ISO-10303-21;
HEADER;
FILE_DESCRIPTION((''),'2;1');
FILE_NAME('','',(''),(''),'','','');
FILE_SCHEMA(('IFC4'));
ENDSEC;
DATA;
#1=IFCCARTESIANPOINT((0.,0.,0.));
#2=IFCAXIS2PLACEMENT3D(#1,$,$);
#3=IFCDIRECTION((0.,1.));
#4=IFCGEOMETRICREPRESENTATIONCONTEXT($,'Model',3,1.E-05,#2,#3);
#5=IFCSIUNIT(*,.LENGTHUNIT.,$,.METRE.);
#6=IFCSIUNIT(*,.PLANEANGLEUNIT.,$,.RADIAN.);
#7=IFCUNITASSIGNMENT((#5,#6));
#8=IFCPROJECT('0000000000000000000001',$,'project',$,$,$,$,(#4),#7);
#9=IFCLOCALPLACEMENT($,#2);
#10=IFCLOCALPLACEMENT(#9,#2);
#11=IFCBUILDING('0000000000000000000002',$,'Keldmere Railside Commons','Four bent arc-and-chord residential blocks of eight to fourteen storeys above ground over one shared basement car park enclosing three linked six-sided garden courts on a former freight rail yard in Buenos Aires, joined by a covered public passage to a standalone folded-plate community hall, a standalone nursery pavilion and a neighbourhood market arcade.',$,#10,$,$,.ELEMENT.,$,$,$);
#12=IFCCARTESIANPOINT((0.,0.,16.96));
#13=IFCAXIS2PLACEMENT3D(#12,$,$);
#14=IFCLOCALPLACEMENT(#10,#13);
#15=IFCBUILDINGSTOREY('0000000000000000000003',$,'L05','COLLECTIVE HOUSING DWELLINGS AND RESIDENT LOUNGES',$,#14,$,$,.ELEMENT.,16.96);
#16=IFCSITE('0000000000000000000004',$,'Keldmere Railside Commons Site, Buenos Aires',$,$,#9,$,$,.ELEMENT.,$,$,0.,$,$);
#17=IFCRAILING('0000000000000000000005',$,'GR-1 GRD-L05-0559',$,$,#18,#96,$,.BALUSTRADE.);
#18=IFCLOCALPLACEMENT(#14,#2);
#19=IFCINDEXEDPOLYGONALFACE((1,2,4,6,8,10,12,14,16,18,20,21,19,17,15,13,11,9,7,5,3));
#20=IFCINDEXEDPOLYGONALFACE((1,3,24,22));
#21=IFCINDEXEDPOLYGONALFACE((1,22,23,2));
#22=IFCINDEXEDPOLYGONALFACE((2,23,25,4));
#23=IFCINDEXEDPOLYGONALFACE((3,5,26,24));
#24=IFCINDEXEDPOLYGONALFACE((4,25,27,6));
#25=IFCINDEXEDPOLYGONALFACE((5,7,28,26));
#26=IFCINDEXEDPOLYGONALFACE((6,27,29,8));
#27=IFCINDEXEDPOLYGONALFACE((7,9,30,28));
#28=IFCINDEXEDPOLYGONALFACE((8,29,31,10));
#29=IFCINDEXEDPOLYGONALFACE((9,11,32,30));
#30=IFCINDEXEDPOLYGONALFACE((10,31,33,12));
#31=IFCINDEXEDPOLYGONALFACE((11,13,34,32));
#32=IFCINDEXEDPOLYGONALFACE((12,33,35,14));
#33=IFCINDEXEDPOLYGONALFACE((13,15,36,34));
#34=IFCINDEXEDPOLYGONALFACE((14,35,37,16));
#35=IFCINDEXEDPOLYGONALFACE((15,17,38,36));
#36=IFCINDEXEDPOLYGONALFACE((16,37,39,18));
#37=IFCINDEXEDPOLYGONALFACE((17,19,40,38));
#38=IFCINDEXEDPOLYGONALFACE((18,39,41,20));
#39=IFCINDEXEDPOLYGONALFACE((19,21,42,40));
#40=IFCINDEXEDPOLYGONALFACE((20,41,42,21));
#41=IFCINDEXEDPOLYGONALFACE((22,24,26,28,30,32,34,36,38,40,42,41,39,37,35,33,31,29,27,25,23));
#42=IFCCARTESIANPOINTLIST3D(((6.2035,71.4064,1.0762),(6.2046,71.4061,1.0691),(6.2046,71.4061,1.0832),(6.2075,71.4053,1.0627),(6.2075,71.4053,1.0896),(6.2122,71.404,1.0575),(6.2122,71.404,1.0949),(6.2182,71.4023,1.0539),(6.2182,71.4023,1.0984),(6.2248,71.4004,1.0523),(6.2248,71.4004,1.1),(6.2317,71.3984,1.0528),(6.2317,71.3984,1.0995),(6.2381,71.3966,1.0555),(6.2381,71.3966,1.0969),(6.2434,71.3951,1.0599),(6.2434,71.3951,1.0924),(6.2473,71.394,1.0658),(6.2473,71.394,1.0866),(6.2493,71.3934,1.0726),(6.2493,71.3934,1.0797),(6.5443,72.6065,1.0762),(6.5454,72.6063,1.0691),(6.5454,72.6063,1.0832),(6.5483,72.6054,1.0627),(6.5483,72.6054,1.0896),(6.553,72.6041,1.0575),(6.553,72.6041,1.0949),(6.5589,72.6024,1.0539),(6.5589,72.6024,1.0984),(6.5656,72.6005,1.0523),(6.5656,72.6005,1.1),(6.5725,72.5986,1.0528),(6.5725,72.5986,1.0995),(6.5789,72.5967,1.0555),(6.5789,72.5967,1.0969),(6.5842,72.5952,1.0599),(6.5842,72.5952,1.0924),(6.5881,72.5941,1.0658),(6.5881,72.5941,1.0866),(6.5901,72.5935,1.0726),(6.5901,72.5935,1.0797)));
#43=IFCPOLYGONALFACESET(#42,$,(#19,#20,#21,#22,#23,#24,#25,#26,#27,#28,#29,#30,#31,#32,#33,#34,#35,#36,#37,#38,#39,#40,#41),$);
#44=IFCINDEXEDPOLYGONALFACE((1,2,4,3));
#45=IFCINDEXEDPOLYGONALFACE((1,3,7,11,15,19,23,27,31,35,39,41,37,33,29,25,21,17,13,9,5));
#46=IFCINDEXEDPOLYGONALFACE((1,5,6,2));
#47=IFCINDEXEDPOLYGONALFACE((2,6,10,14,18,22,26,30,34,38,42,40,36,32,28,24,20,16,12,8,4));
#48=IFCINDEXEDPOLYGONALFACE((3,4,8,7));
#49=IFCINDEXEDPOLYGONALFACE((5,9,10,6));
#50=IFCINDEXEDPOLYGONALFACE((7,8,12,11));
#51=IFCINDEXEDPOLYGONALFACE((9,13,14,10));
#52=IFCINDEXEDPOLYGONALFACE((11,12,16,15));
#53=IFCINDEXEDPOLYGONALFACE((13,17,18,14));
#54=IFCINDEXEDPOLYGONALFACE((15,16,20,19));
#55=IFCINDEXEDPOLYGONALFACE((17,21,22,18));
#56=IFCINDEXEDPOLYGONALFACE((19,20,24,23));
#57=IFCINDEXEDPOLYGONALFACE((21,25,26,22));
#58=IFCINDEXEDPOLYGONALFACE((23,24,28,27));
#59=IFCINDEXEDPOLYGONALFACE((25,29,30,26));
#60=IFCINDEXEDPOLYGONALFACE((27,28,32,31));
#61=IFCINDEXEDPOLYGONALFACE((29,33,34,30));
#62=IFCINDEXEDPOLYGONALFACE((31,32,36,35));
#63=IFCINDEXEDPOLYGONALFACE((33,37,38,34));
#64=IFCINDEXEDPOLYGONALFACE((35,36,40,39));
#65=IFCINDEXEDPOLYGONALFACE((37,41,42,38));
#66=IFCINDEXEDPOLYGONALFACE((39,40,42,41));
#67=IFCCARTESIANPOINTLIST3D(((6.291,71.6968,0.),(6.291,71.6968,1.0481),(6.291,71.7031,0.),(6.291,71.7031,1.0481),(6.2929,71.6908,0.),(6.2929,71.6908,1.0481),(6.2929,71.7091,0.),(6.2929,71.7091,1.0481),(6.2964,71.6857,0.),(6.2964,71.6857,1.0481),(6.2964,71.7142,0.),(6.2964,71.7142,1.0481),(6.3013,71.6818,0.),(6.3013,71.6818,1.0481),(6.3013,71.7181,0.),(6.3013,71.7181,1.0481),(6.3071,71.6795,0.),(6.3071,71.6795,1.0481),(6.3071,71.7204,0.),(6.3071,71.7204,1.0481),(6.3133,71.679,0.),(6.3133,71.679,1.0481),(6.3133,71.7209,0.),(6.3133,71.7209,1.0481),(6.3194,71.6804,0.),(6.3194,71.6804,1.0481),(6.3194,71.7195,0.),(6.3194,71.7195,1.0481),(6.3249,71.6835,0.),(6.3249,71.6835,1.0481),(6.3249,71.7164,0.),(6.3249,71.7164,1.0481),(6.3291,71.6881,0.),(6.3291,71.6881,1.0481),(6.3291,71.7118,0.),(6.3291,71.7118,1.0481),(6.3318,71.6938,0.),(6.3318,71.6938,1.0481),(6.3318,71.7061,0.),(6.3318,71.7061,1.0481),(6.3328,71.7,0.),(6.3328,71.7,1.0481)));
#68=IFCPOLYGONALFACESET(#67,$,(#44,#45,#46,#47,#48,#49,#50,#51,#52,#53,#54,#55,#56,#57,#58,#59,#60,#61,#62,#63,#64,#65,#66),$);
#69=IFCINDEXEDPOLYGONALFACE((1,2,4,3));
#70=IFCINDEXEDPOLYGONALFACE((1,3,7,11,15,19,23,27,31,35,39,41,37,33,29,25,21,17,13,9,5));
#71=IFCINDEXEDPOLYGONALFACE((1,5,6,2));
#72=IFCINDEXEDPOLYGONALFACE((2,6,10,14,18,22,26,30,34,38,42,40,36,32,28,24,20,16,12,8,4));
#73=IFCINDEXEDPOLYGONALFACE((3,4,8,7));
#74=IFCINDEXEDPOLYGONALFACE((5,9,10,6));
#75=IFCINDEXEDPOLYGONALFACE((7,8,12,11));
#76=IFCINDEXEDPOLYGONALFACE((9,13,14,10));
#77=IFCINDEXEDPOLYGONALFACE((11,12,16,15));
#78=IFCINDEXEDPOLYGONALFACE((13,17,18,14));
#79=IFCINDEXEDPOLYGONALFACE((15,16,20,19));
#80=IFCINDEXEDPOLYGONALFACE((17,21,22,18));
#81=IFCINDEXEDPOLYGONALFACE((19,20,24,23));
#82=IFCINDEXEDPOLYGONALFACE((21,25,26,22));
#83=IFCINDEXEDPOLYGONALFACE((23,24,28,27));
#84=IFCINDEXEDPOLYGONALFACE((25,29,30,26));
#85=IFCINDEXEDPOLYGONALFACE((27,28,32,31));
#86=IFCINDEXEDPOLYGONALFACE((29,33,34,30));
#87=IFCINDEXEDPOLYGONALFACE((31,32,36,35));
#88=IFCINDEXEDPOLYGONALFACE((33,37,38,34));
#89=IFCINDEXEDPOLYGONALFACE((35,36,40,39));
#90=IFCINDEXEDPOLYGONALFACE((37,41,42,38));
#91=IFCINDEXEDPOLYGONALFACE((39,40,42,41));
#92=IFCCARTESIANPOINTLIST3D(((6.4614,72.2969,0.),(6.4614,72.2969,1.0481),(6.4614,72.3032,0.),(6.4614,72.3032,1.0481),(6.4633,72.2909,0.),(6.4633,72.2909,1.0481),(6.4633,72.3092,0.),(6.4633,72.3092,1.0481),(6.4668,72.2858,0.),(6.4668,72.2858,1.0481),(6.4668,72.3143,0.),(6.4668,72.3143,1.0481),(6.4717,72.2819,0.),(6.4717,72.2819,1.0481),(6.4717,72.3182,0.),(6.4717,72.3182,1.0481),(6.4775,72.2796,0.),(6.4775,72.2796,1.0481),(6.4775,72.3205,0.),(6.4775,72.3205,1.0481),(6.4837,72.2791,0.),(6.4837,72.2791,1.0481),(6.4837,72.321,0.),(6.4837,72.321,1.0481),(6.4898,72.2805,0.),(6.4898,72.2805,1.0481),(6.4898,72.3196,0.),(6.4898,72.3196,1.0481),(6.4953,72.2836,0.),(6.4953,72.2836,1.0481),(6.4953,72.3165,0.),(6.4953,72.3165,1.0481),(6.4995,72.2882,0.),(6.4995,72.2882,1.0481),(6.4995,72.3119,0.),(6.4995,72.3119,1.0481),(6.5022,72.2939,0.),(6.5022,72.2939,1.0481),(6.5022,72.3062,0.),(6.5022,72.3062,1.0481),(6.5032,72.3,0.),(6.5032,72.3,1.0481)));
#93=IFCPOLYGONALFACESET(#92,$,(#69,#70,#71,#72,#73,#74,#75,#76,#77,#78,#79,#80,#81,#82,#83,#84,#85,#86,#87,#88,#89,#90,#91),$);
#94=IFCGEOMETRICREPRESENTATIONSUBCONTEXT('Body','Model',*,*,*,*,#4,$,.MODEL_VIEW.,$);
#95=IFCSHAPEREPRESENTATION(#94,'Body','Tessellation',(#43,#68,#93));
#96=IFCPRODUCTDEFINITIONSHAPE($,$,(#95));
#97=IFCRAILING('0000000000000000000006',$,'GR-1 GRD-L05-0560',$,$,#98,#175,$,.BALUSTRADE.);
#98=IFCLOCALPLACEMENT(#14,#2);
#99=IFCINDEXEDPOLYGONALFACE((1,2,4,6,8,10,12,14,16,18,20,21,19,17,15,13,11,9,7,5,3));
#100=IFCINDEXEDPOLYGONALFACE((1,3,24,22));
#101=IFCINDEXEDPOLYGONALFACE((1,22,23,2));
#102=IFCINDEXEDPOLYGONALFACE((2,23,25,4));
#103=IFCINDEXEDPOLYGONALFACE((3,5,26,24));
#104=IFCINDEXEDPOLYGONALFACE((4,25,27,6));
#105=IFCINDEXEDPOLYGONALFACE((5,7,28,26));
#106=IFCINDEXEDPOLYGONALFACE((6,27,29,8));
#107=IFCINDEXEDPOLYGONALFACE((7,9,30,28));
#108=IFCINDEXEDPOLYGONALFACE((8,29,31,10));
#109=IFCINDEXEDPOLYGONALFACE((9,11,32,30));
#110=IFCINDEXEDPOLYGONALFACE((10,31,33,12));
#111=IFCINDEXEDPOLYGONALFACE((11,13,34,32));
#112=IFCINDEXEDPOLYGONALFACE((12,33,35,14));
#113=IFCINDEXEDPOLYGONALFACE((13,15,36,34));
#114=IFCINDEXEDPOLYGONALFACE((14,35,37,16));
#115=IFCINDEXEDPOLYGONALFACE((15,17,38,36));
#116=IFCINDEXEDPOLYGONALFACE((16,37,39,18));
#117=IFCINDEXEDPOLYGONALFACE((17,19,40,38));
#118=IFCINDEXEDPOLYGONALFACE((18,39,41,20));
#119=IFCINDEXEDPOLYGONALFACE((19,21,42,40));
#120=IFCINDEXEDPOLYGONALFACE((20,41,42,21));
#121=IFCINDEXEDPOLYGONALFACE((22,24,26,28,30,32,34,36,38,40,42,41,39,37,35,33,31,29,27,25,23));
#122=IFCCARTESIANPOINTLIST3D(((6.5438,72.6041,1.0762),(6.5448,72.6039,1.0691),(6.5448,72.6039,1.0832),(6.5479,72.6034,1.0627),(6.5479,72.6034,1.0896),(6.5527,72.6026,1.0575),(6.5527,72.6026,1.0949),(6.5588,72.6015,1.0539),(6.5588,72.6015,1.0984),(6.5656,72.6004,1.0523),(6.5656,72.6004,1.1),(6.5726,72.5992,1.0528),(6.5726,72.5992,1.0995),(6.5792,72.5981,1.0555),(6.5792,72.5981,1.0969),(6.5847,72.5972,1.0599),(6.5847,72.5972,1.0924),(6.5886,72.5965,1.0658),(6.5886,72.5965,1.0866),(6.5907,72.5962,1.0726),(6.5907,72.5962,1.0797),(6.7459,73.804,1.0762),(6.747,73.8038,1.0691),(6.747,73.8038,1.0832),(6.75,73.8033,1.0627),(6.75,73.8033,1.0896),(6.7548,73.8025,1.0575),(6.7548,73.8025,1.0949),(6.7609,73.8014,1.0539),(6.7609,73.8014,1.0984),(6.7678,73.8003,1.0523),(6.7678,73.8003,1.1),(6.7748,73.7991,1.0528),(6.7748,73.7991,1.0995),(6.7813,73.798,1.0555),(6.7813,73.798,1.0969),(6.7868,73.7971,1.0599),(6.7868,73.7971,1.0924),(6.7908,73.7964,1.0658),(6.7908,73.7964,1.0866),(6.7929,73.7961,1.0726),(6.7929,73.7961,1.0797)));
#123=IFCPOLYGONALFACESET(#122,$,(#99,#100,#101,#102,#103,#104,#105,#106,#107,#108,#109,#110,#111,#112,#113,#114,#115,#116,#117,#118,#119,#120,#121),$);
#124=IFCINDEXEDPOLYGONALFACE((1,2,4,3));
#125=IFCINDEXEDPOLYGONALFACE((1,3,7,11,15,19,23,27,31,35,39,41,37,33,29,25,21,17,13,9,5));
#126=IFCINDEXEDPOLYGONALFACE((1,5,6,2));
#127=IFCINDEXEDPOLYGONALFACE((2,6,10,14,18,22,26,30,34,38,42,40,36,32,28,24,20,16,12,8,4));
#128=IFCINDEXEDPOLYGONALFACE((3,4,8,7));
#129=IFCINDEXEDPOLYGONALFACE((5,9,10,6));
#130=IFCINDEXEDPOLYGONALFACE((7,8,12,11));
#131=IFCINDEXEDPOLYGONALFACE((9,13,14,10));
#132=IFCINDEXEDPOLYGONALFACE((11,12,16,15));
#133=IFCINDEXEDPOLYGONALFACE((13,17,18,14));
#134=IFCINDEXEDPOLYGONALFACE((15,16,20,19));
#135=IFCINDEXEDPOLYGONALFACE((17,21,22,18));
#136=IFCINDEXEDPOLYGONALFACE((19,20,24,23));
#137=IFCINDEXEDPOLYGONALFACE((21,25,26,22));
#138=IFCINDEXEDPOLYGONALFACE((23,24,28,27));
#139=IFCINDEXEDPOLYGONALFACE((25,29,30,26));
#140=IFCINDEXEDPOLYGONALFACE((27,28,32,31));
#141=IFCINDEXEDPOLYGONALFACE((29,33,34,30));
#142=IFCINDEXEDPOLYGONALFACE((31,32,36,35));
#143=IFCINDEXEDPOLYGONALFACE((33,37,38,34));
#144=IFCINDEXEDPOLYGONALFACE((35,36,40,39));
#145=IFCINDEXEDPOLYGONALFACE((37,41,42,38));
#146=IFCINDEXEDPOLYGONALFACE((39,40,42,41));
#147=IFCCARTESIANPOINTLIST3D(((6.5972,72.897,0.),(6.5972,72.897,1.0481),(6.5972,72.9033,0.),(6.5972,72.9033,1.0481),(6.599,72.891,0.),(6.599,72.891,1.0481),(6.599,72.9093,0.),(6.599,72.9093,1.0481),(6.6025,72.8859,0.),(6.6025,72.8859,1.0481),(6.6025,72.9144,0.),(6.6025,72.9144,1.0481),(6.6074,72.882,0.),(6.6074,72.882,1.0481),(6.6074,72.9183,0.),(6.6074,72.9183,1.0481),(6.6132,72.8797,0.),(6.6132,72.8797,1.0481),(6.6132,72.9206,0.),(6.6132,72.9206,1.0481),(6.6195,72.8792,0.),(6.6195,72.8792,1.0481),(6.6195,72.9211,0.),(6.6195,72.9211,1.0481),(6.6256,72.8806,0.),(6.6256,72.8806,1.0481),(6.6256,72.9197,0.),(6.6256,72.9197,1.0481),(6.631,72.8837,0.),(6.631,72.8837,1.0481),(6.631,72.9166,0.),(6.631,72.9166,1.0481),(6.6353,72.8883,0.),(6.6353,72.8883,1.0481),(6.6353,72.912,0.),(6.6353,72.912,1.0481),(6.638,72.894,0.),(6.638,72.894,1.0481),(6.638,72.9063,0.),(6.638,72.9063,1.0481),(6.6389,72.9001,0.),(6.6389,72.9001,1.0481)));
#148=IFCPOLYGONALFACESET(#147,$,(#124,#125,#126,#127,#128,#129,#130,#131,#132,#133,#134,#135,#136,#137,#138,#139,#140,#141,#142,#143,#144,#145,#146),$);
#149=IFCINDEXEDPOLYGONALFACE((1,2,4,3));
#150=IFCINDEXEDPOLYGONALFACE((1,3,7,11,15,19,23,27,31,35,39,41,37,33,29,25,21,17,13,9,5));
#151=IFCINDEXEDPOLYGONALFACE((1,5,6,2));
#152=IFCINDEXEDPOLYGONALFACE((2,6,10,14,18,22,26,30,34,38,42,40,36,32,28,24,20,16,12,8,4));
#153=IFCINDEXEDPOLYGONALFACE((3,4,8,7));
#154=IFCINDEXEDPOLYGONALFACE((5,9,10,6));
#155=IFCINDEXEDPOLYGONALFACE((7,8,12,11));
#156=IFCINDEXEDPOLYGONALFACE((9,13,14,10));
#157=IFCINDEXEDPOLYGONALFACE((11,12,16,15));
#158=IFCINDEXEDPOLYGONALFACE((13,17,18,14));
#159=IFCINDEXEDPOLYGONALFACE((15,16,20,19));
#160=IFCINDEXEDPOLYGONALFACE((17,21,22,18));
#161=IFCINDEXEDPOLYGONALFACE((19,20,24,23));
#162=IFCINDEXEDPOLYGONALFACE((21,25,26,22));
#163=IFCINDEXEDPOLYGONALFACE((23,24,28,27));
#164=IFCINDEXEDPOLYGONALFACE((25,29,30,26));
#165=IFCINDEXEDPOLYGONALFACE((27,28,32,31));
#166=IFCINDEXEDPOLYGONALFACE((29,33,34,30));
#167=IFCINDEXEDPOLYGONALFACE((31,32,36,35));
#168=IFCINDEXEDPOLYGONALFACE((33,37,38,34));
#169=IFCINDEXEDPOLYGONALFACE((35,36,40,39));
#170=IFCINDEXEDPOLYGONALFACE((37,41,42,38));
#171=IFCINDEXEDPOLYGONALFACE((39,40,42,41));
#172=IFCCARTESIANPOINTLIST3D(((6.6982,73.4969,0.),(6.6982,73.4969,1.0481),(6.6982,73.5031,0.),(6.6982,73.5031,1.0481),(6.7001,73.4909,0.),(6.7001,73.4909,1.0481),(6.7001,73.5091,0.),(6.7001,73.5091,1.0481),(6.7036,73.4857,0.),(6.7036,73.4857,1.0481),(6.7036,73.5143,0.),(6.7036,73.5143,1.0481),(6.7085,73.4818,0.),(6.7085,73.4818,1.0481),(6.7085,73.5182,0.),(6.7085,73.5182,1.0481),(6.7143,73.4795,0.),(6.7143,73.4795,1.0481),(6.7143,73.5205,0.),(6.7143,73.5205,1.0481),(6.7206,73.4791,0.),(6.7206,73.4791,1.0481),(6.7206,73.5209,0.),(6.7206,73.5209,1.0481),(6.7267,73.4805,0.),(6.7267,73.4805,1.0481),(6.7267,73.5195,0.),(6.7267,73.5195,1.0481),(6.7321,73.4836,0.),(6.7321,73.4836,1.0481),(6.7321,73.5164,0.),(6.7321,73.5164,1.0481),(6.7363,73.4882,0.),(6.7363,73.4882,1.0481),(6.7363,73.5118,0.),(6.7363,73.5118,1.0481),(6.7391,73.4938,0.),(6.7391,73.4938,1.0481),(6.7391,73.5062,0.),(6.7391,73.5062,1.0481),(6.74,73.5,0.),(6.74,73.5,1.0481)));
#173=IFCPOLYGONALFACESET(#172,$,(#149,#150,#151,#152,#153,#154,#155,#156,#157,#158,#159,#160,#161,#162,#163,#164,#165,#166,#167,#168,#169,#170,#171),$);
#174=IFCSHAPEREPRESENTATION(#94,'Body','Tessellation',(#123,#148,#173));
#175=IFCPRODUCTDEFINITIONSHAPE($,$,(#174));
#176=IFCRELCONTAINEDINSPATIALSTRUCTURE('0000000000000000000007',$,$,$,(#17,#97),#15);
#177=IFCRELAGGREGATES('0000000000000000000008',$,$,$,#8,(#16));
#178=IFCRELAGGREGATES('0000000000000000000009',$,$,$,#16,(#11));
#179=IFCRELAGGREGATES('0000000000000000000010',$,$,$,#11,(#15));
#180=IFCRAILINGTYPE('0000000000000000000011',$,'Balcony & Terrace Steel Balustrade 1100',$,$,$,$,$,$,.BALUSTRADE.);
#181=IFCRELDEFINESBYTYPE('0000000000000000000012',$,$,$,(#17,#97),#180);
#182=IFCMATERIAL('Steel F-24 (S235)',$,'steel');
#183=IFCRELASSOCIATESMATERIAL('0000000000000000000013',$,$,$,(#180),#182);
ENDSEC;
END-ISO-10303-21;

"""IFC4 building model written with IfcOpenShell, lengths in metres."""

from ifc_helpers import new_model, si_unit, direction, frame, origin, origin_2d, place, context, subcontext, project, spatial, circle, extrude, material, type_object, element, save


model = new_model("IFC4")

# Units and contexts
model_context = context("Model", 3, precision=1e-05, world=origin(), true_north=direction((0.0, 1.0)))
body_context = subcontext(model_context, "Body", "Model", "MODEL_VIEW")
ifc_project = project(units=[si_unit("LENGTHUNIT", "METRE"), si_unit("PLANEANGLEUNIT", "RADIAN")], contexts=[model_context])

# Site, building, storey
site_placement = place(None, origin())
site = spatial("IfcSite", under=ifc_project, at=site_placement, Name="Keldmere Railside Commons Site, Buenos Aires", CompositionType="ELEMENT", RefElevation=0.0)
building_placement = place(site_placement, origin())
building = spatial("IfcBuilding", under=site, at=building_placement, Name="Keldmere Railside Commons", Description="Four bent arc-and-chord residential blocks of eight to fourteen storeys above ground over one shared basement car park enclosing three linked six-sided garden courts on a former freight rail yard in Buenos Aires, joined by a covered public passage to a standalone folded-plate community hall, a standalone nursery pavilion and a neighbourhood market arcade.", CompositionType="ELEMENT")
storey_placement = place(building_placement, frame((0.0, 0.0, 16.96)))
storey = spatial("IfcBuildingStorey", under=building, at=storey_placement, Name="L05", Description="COLLECTIVE HOUSING DWELLINGS AND RESIDENT LOUNGES", CompositionType="ELEMENT", Elevation=16.96)

# Railings
ifc_material_1 = material(Name="Steel F-24 (S235)", Category="steel")
railing_type_1 = type_object("IfcRailingType", Name="Balcony & Terrace Steel Balustrade 1100", PredefinedType="BALUSTRADE", material=ifc_material_1)
railing_1_placement = place(storey_placement, frame((6.2266, 71.3999, 0.0)))
element("IfcRailing", 1, at=railing_1_placement, inside=storey, type_object=railing_type_1, Name="GR-1 GRD-L05-0559", PredefinedType="BALUSTRADE", context=body_context, shape_type="SweptSolid", body=[
    extrude(circle(Radius=0.0239, at=origin_2d()), frame((0.0, 0.0, 1.0762), z_axis=(0.27317, 0.961966, 0.0), x_axis=(-0.961966, 0.27317, 0.0)), (0.0, 0.0, 1.0), 1.2476),
    extrude(circle(Radius=0.021, at=origin_2d()), frame((0.0852, 0.3, 0.0)), (0.0, 0.0, 1.0), 1.0481),
    extrude(circle(Radius=0.021, at=origin_2d()), frame((0.2556, 0.9001, 0.0)), (0.0, 0.0, 1.0), 1.0481),
])
railing_2_placement = place(storey_placement, frame((6.5674, 72.6001, 0.0)))
element("IfcRailing", 2, at=railing_2_placement, inside=storey, type_object=railing_type_1, Name="GR-1 GRD-L05-0560", PredefinedType="BALUSTRADE", context=body_context, shape_type="SweptSolid", body=[
    extrude(circle(Radius=0.0239, at=origin_2d()), frame((0.0, 0.0, 1.0762), z_axis=(0.166123, 0.986105, 0.0), x_axis=(-0.986105, 0.166123, 0.0)), (0.0, 0.0, 1.0), 1.2168),
    extrude(circle(Radius=0.021, at=origin_2d()), frame((0.0505, 0.3, 0.0)), (0.0, 0.0, 1.0), 1.0481),
    extrude(circle(Radius=0.021, at=origin_2d()), frame((0.1516, 0.8999, 0.0)), (0.0, 0.0, 1.0), 1.0481),
])

save(model, "model.ifc")
